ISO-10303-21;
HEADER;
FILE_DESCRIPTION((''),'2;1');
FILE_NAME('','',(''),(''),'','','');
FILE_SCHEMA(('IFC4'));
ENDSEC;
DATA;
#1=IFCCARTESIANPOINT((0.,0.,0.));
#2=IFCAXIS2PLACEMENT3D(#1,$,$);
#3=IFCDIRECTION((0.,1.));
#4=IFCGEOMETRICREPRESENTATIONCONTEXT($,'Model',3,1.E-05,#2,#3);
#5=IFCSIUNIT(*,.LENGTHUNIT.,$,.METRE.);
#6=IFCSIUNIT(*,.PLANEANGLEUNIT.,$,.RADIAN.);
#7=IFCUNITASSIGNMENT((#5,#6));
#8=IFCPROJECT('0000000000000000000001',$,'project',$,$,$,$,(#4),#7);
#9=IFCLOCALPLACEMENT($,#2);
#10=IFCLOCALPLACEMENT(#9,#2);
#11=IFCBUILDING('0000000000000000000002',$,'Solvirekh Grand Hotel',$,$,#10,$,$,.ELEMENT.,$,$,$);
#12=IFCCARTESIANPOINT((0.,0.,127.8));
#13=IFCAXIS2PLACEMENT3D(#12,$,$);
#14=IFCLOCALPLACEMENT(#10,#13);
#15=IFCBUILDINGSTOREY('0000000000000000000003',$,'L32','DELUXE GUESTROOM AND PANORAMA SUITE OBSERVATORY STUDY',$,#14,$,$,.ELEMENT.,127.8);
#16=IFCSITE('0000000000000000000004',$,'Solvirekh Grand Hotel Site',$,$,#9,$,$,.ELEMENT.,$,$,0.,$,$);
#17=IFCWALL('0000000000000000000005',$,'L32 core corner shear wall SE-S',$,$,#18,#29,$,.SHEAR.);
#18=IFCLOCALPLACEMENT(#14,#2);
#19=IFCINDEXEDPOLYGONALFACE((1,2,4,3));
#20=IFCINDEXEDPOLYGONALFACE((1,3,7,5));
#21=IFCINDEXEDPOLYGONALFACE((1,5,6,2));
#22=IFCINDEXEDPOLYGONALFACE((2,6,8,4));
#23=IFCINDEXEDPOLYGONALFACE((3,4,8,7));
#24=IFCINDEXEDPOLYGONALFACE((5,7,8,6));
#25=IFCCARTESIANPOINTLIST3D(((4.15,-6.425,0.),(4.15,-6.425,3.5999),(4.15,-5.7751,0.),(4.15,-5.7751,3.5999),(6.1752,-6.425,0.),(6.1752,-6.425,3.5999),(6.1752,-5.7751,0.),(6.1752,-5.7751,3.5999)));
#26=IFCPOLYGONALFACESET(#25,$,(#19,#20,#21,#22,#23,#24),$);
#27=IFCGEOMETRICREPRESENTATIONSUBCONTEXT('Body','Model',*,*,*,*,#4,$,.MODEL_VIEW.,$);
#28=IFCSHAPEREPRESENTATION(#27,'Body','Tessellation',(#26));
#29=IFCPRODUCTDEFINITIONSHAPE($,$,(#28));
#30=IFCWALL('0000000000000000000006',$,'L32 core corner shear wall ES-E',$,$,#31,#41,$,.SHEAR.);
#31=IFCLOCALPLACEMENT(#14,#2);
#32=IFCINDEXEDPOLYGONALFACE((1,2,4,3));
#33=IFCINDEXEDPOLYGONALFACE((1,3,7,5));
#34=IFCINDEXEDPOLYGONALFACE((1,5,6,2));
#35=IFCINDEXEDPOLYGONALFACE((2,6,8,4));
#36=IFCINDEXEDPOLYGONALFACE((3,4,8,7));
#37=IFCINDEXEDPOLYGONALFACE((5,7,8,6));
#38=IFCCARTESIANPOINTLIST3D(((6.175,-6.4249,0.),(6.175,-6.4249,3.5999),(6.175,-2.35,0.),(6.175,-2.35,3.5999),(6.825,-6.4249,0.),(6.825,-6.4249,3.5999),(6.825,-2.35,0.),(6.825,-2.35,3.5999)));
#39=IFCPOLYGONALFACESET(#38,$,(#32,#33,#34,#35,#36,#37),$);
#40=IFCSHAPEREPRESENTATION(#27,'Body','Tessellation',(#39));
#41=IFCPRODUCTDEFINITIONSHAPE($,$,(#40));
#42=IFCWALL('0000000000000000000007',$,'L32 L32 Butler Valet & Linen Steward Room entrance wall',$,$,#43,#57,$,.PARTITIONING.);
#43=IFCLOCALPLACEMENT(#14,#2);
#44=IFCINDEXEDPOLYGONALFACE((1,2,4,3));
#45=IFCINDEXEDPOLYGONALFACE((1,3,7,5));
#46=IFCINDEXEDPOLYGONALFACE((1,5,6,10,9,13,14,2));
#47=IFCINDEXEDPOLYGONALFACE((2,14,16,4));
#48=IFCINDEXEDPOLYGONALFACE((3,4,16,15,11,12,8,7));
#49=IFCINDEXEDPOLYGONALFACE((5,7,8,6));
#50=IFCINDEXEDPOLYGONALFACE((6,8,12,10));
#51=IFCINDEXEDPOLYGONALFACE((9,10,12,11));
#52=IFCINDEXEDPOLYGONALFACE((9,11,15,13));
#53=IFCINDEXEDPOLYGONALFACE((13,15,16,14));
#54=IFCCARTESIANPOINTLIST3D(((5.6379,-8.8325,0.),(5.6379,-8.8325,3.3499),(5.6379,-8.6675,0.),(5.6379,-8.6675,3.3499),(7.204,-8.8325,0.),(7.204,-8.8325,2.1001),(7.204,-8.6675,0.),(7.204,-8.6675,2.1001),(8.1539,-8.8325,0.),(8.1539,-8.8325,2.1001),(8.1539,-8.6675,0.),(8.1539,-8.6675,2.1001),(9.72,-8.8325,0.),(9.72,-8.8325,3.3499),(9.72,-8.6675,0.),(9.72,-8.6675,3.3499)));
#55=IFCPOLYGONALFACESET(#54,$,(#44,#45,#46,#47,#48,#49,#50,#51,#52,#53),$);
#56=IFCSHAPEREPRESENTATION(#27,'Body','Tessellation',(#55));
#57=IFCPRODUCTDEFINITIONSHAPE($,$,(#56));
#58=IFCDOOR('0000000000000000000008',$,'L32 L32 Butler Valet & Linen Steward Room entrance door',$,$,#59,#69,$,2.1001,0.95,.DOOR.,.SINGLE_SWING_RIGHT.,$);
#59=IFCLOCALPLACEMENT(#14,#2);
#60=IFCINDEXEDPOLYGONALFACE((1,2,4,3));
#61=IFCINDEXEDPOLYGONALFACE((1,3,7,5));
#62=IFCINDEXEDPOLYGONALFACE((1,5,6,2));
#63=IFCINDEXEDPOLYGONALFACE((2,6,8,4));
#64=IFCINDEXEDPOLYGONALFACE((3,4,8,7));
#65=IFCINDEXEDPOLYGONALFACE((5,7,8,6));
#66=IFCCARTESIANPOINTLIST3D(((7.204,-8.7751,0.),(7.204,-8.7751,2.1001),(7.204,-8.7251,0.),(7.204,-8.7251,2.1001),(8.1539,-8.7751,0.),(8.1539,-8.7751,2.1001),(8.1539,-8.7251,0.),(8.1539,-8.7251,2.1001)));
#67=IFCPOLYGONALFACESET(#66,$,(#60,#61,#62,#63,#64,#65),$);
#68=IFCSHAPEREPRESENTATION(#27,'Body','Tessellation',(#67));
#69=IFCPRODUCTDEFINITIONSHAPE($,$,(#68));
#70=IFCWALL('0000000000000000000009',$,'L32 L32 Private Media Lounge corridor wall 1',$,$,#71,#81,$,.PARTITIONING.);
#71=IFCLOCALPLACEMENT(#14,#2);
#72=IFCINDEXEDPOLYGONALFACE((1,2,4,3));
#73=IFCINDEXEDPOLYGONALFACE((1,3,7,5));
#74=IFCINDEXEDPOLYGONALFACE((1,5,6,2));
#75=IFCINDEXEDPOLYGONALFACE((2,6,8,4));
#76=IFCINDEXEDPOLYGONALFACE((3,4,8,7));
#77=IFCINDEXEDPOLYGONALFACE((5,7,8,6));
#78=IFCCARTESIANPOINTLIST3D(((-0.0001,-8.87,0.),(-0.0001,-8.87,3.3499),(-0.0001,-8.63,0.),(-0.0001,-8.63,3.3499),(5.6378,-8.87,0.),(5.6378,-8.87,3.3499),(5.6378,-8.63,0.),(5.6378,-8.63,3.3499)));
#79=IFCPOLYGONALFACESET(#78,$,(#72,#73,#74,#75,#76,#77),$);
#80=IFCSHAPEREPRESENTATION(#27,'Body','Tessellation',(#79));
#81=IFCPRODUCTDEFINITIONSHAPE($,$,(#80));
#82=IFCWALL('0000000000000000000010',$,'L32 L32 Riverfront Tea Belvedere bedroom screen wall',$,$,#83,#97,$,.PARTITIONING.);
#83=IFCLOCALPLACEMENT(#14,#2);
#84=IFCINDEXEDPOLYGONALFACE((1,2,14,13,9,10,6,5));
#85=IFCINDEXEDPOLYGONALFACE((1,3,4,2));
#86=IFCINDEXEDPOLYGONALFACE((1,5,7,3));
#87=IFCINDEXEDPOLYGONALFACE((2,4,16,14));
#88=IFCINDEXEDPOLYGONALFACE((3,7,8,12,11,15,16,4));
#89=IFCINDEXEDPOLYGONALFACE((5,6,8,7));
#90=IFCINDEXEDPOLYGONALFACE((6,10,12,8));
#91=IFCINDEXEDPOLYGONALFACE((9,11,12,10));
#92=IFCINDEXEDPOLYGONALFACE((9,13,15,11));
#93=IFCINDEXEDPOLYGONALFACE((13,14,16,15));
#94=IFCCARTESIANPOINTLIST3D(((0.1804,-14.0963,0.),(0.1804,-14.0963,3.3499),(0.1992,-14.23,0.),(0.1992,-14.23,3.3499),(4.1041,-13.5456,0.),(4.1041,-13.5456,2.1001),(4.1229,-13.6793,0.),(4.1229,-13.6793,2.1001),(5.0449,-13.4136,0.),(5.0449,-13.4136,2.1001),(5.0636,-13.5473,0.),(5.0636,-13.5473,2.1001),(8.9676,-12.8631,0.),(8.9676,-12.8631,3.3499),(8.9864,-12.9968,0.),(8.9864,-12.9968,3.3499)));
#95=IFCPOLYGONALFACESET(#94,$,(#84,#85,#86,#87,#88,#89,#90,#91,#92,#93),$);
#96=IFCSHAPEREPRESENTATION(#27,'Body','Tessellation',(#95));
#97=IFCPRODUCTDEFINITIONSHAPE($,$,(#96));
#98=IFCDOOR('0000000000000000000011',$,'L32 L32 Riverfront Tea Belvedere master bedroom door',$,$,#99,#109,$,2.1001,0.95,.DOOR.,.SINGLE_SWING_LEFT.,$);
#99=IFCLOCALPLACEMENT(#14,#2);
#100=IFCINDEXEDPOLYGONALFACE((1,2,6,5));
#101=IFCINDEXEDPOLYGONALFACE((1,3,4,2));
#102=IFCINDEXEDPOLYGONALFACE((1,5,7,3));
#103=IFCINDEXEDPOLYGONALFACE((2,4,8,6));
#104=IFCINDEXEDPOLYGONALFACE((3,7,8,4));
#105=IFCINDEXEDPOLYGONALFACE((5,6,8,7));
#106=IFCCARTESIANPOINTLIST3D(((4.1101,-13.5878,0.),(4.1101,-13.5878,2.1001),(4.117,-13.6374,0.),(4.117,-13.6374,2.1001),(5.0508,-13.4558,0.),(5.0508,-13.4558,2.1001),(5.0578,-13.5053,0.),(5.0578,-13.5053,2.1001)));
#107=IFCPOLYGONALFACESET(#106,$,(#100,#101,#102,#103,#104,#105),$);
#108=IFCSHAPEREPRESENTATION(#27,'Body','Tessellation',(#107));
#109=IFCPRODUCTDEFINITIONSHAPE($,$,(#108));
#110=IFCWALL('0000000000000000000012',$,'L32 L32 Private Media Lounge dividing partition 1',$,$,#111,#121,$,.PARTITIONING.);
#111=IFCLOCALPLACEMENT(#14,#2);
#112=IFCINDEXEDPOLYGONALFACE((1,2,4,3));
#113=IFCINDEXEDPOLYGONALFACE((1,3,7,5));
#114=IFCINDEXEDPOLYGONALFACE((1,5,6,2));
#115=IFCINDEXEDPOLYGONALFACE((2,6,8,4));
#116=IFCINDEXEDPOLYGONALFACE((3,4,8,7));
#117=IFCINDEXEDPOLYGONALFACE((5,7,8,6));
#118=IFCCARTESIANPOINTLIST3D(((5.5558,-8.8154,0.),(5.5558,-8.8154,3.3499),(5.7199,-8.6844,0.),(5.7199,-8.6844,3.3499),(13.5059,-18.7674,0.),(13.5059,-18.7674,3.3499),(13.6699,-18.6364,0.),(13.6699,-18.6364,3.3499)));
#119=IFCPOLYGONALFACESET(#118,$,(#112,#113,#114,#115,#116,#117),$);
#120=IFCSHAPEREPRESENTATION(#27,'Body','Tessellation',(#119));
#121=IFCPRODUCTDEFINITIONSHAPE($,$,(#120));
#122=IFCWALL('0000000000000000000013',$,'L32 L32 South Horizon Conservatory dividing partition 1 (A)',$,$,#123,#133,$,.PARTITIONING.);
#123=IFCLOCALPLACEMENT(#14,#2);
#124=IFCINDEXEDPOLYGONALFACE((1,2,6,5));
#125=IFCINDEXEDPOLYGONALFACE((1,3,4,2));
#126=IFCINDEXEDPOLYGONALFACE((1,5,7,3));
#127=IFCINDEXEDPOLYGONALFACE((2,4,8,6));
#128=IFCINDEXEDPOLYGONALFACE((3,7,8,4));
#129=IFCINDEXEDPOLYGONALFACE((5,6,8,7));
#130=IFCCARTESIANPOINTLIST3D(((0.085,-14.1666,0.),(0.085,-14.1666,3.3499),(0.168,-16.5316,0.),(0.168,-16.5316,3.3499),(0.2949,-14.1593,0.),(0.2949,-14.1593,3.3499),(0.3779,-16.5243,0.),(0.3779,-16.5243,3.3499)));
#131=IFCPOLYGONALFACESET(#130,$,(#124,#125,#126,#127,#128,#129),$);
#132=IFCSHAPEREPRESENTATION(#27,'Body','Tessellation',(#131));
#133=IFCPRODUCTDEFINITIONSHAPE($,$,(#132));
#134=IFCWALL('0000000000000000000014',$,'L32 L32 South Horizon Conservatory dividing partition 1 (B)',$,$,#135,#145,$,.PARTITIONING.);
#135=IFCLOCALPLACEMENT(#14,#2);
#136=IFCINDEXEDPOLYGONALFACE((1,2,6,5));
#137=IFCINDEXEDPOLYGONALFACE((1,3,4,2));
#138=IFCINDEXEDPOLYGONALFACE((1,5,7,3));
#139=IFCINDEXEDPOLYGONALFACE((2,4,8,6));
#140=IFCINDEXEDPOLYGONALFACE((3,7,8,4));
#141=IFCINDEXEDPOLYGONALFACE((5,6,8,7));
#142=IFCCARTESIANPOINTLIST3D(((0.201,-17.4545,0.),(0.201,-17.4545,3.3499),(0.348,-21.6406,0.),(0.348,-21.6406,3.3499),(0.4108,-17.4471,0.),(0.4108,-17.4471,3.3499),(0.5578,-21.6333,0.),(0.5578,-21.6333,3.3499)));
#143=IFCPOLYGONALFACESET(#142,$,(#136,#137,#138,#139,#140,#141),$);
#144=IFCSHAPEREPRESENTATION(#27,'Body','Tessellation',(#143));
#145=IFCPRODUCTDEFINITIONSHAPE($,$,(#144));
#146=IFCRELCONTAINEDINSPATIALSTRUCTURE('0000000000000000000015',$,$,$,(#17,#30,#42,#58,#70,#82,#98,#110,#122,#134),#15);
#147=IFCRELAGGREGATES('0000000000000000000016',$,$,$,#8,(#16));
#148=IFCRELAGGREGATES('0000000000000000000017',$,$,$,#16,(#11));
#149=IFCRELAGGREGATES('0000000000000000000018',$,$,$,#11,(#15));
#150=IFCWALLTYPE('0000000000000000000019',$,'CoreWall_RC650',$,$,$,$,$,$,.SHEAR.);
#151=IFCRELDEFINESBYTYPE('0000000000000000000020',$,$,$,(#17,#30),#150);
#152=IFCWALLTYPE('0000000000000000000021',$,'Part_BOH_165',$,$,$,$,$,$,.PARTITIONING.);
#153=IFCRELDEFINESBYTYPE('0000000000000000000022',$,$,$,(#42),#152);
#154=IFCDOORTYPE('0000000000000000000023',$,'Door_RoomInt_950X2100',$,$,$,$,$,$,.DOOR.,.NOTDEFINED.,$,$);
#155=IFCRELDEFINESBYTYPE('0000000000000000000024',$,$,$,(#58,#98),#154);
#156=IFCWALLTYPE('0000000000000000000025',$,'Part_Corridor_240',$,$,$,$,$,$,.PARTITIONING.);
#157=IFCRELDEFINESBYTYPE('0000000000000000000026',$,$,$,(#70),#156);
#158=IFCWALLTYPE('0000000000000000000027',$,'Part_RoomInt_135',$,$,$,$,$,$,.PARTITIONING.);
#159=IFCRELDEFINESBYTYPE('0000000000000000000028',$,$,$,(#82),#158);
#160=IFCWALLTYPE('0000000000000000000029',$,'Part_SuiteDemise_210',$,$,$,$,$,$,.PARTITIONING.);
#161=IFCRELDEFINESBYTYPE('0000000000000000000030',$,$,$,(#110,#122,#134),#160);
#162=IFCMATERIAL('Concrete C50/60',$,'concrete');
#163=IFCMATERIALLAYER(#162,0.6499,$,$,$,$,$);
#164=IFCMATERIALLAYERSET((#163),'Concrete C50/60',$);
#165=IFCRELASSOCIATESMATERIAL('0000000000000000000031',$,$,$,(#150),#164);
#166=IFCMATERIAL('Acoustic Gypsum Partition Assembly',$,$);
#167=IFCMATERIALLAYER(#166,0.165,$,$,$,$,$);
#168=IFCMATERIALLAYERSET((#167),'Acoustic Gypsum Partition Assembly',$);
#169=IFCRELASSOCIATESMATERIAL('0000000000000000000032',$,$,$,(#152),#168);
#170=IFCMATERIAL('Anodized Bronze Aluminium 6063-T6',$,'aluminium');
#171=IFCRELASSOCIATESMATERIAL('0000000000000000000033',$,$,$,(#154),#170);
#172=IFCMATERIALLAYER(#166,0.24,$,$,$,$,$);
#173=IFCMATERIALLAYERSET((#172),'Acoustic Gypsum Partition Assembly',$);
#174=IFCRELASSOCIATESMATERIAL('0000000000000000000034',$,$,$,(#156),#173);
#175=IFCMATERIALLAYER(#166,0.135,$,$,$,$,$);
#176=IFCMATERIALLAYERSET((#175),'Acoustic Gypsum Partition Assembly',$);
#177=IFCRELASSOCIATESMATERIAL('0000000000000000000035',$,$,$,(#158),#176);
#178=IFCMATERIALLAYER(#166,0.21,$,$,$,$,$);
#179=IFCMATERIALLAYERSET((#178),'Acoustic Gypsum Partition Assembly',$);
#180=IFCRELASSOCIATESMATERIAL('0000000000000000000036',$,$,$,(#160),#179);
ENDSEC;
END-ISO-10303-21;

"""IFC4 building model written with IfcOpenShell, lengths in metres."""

from ifc_helpers import new_model, si_unit, direction, frame, frame_2d, origin, place, context, subcontext, project, spatial, rectangle, extrude, material, layer, layer_set, type_object, element, fill, save


model = new_model("IFC4")

# Units and contexts
model_context = context("Model", 3, precision=1e-05, world=origin(), true_north=direction((0.0, 1.0)))
body_context = subcontext(model_context, "Body", "Model", "MODEL_VIEW")
ifc_project = project(units=[si_unit("LENGTHUNIT", "METRE"), si_unit("PLANEANGLEUNIT", "RADIAN")], contexts=[model_context])

# Site, building, storey
site_placement = place(None, origin())
site = spatial("IfcSite", under=ifc_project, at=site_placement, Name="Solvirekh Grand Hotel Site", CompositionType="ELEMENT", RefElevation=0.0)
building_placement = place(site_placement, origin())
building = spatial("IfcBuilding", under=site, at=building_placement, Name="Solvirekh Grand Hotel", CompositionType="ELEMENT")
storey_placement = place(building_placement, frame((0.0, 0.0, 127.8)))
storey = spatial("IfcBuildingStorey", under=building, at=storey_placement, Name="L32", Description="DELUXE GUESTROOM AND PANORAMA SUITE OBSERVATORY STUDY", CompositionType="ELEMENT", Elevation=127.8)

# Shared definitions
ifc_material_1 = material(Name="Concrete C50/60", Category="concrete")

# Shared definitions
ifc_material_2 = material(Name="Anodized Bronze Aluminium 6063-T6", Category="aluminium")

# Walls
ifc_layer_1 = layer(ifc_material_1, 0.6499)
ifc_layer_set_1 = layer_set([ifc_layer_1], Name="Concrete C50/60")
wall_type_1 = type_object("IfcWallType", Name="CoreWall_RC650", PredefinedType="SHEAR", material=ifc_layer_set_1)
wall_1_placement = place(storey_placement, frame((4.1499, -6.1001, 0.0), z_axis=(0.0, 0.0, 1.0), x_axis=(1.0, 0.0, 0.0)))
element("IfcWall", 1, at=wall_1_placement, inside=storey, type_object=wall_type_1, Name="L32 core corner shear wall SE-S", PredefinedType="SHEAR", context=body_context, shape_type="SweptSolid", body=[
    extrude(rectangle(XDim=2.0251, YDim=0.6499, at=frame_2d((1.0127, 0.0))), origin(), (0.0, 0.0, 1.0), 3.5999),
])
wall_2_placement = place(storey_placement, frame((6.5, -6.425, 0.0), z_axis=(0.0, 0.0, 1.0), x_axis=(0.0, 1.0, 0.0)))
element("IfcWall", 2, at=wall_2_placement, inside=storey, type_object=wall_type_1, Name="L32 core corner shear wall ES-E", PredefinedType="SHEAR", context=body_context, shape_type="SweptSolid", body=[
    extrude(rectangle(XDim=4.075, YDim=0.6499, at=frame_2d((2.0376, 0.0))), origin(), (0.0, 0.0, 1.0), 3.5999),
])

# Wall, opening, door
ifc_material_3 = material(Name="Acoustic Gypsum Partition Assembly")
ifc_layer_2 = layer(ifc_material_3, 0.165)
ifc_layer_set_2 = layer_set([ifc_layer_2], Name="Acoustic Gypsum Partition Assembly")
wall_type_2 = type_object("IfcWallType", Name="Part_BOH_165", PredefinedType="PARTITIONING", material=ifc_layer_set_2)
wall_3_placement = place(storey_placement, frame((5.6379, -8.75, 0.0), z_axis=(0.0, 0.0, 1.0), x_axis=(1.0, 0.0, 0.0)))
wall_3 = element("IfcWall", 3, at=wall_3_placement, inside=storey, type_object=wall_type_2, Name="L32 L32 Butler Valet & Linen Steward Room entrance wall", PredefinedType="PARTITIONING", context=body_context, shape_type="SweptSolid", body=[
    extrude(rectangle(XDim=4.082, YDim=0.165, at=frame_2d((2.041, 0.0))), origin(), (0.0, 0.0, 1.0), 3.3499),
])
opening_1_placement = place(wall_3_placement, frame((1.5659, 0.0, 0.0)))
opening_1 = element("IfcOpeningElement", 4, at=opening_1_placement, cuts=wall_3, PredefinedType="OPENING", context=body_context, shape_type="SweptSolid", body=[
    extrude(rectangle(XDim=0.95, YDim=2.1001, at=frame_2d((0.4751, 1.05))), frame((0.0, 0.0925, 0.0), z_axis=(0.0, -1.0, 0.0), x_axis=(1.0, 0.0, 0.0)), (0.0, 0.0, 1.0), 0.1851),
])
door_type = type_object("IfcDoorType", Name="Door_RoomInt_950X2100", OperationType="NOTDEFINED", PredefinedType="DOOR", material=ifc_material_2)
door_1_placement = place(opening_1_placement, origin())
door_1 = element("IfcDoor", 5, at=door_1_placement, inside=storey, type_object=door_type, Name="L32 L32 Butler Valet & Linen Steward Room entrance door", OperationType="SINGLE_SWING_RIGHT", OverallHeight=2.1001, OverallWidth=0.95, PredefinedType="DOOR", context=body_context, shape_type="SweptSolid", body=[
    extrude(rectangle(XDim=0.95, YDim=2.1001, at=frame_2d((0.4751, 1.05))), frame((0.0, 0.0249, 0.0), z_axis=(0.0, -1.0, 0.0), x_axis=(1.0, 0.0, 0.0)), (0.0, 0.0, 1.0), 0.05),
])
fill(opening_1, door_1)

# Wall
ifc_layer_3 = layer(ifc_material_3, 0.24)
ifc_layer_set_3 = layer_set([ifc_layer_3], Name="Acoustic Gypsum Partition Assembly")
wall_type_3 = type_object("IfcWallType", Name="Part_Corridor_240", PredefinedType="PARTITIONING", material=ifc_layer_set_3)
wall_4_placement = place(storey_placement, frame((0.0, -8.75, 0.0), z_axis=(0.0, 0.0, 1.0), x_axis=(1.0, 0.0, 0.0)))
element("IfcWall", 6, at=wall_4_placement, inside=storey, type_object=wall_type_3, Name="L32 L32 Private Media Lounge corridor wall 1", PredefinedType="PARTITIONING", context=body_context, shape_type="SweptSolid", body=[
    extrude(rectangle(XDim=5.6379, YDim=0.24, at=frame_2d((2.8188, 0.0))), origin(), (0.0, 0.0, 1.0), 3.3499),
])

# Wall, opening, door
ifc_layer_4 = layer(ifc_material_3, 0.135)
ifc_layer_set_4 = layer_set([ifc_layer_4], Name="Acoustic Gypsum Partition Assembly")
wall_type_4 = type_object("IfcWallType", Name="Part_RoomInt_135", PredefinedType="PARTITIONING", material=ifc_layer_set_4)
wall_5_placement = place(storey_placement, frame((0.1899, -14.1631, 0.0), z_axis=(0.0, 0.0, 1.0), x_axis=(0.990296, 0.138975, 0.0)))
wall_5 = element("IfcWall", 7, at=wall_5_placement, inside=storey, type_object=wall_type_4, Name="L32 L32 Riverfront Tea Belvedere bedroom screen wall", PredefinedType="PARTITIONING", context=body_context, shape_type="SweptSolid", body=[
    extrude(rectangle(XDim=8.8733, YDim=0.135, at=frame_2d((4.4365, 0.0))), origin(), (0.0, 0.0, 1.0), 3.3499),
])
opening_2_placement = place(wall_5_placement, frame((3.9619, 0.0, 0.0)))
opening_2 = element("IfcOpeningElement", 8, at=opening_2_placement, cuts=wall_5, PredefinedType="OPENING", context=body_context, shape_type="SweptSolid", body=[
    extrude(rectangle(XDim=0.95, YDim=2.1001, at=frame_2d((0.4751, 1.05))), frame((0.0, 0.0776, 0.0), z_axis=(0.0, -1.0, 0.0), x_axis=(1.0, 0.0, 0.0)), (0.0, 0.0, 1.0), 0.155),
])
door_2_placement = place(opening_2_placement, origin())
door_2 = element("IfcDoor", 9, at=door_2_placement, inside=storey, type_object=door_type, Name="L32 L32 Riverfront Tea Belvedere master bedroom door", OperationType="SINGLE_SWING_LEFT", OverallHeight=2.1001, OverallWidth=0.95, PredefinedType="DOOR", context=body_context, shape_type="SweptSolid", body=[
    extrude(rectangle(XDim=0.95, YDim=2.1001, at=frame_2d((0.4751, 1.05))), frame((0.0, 0.0249, 0.0), z_axis=(0.0, -1.0, 0.0), x_axis=(1.0, 0.0, 0.0)), (0.0, 0.0, 1.0), 0.05),
])
fill(opening_2, door_2)

# Walls
ifc_layer_5 = layer(ifc_material_3, 0.21)
ifc_layer_set_5 = layer_set([ifc_layer_5], Name="Acoustic Gypsum Partition Assembly")
wall_type_5 = type_object("IfcWallType", Name="Part_SuiteDemise_210", PredefinedType="PARTITIONING", material=ifc_layer_set_5)
wall_6_placement = place(storey_placement, frame((5.6379, -8.75, 0.0), z_axis=(0.0, 0.0, 1.0), x_axis=(0.624141, -0.781312, 0.0)))
element("IfcWall", 10, at=wall_6_placement, inside=storey, type_object=wall_type_5, Name="L32 L32 Private Media Lounge dividing partition 1", PredefinedType="PARTITIONING", context=body_context, shape_type="SweptSolid", body=[
    extrude(rectangle(XDim=12.7375, YDim=0.21, at=frame_2d((6.3687, 0.0))), origin(), (0.0, 0.0, 1.0), 3.3499),
])
wall_7_placement = place(storey_placement, frame((0.1899, -14.1631, 0.0), z_axis=(0.0, 0.0, 1.0), x_axis=(0.035077, -0.999385, 0.0)))
element("IfcWall", 11, at=wall_7_placement, inside=storey, type_object=wall_type_5, Name="L32 L32 South Horizon Conservatory dividing partition 1 (A)", PredefinedType="PARTITIONING", context=body_context, shape_type="SweptSolid", body=[
    extrude(rectangle(XDim=2.3665, YDim=0.21, at=frame_2d((1.1831, 0.0))), origin(), (0.0, 0.0, 1.0), 3.3499),
])
wall_8_placement = place(storey_placement, frame((0.3059, -17.4509, 0.0), z_axis=(0.0, 0.0, 1.0), x_axis=(0.035089, -0.999384, 0.0)))
element("IfcWall", 12, at=wall_8_placement, inside=storey, type_object=wall_type_5, Name="L32 L32 South Horizon Conservatory dividing partition 1 (B)", PredefinedType="PARTITIONING", context=body_context, shape_type="SweptSolid", body=[
    extrude(rectangle(XDim=4.1887, YDim=0.21, at=frame_2d((2.0942, 0.0))), origin(), (0.0, 0.0, 1.0), 3.3499),
])

save(model, "model.ifc")
